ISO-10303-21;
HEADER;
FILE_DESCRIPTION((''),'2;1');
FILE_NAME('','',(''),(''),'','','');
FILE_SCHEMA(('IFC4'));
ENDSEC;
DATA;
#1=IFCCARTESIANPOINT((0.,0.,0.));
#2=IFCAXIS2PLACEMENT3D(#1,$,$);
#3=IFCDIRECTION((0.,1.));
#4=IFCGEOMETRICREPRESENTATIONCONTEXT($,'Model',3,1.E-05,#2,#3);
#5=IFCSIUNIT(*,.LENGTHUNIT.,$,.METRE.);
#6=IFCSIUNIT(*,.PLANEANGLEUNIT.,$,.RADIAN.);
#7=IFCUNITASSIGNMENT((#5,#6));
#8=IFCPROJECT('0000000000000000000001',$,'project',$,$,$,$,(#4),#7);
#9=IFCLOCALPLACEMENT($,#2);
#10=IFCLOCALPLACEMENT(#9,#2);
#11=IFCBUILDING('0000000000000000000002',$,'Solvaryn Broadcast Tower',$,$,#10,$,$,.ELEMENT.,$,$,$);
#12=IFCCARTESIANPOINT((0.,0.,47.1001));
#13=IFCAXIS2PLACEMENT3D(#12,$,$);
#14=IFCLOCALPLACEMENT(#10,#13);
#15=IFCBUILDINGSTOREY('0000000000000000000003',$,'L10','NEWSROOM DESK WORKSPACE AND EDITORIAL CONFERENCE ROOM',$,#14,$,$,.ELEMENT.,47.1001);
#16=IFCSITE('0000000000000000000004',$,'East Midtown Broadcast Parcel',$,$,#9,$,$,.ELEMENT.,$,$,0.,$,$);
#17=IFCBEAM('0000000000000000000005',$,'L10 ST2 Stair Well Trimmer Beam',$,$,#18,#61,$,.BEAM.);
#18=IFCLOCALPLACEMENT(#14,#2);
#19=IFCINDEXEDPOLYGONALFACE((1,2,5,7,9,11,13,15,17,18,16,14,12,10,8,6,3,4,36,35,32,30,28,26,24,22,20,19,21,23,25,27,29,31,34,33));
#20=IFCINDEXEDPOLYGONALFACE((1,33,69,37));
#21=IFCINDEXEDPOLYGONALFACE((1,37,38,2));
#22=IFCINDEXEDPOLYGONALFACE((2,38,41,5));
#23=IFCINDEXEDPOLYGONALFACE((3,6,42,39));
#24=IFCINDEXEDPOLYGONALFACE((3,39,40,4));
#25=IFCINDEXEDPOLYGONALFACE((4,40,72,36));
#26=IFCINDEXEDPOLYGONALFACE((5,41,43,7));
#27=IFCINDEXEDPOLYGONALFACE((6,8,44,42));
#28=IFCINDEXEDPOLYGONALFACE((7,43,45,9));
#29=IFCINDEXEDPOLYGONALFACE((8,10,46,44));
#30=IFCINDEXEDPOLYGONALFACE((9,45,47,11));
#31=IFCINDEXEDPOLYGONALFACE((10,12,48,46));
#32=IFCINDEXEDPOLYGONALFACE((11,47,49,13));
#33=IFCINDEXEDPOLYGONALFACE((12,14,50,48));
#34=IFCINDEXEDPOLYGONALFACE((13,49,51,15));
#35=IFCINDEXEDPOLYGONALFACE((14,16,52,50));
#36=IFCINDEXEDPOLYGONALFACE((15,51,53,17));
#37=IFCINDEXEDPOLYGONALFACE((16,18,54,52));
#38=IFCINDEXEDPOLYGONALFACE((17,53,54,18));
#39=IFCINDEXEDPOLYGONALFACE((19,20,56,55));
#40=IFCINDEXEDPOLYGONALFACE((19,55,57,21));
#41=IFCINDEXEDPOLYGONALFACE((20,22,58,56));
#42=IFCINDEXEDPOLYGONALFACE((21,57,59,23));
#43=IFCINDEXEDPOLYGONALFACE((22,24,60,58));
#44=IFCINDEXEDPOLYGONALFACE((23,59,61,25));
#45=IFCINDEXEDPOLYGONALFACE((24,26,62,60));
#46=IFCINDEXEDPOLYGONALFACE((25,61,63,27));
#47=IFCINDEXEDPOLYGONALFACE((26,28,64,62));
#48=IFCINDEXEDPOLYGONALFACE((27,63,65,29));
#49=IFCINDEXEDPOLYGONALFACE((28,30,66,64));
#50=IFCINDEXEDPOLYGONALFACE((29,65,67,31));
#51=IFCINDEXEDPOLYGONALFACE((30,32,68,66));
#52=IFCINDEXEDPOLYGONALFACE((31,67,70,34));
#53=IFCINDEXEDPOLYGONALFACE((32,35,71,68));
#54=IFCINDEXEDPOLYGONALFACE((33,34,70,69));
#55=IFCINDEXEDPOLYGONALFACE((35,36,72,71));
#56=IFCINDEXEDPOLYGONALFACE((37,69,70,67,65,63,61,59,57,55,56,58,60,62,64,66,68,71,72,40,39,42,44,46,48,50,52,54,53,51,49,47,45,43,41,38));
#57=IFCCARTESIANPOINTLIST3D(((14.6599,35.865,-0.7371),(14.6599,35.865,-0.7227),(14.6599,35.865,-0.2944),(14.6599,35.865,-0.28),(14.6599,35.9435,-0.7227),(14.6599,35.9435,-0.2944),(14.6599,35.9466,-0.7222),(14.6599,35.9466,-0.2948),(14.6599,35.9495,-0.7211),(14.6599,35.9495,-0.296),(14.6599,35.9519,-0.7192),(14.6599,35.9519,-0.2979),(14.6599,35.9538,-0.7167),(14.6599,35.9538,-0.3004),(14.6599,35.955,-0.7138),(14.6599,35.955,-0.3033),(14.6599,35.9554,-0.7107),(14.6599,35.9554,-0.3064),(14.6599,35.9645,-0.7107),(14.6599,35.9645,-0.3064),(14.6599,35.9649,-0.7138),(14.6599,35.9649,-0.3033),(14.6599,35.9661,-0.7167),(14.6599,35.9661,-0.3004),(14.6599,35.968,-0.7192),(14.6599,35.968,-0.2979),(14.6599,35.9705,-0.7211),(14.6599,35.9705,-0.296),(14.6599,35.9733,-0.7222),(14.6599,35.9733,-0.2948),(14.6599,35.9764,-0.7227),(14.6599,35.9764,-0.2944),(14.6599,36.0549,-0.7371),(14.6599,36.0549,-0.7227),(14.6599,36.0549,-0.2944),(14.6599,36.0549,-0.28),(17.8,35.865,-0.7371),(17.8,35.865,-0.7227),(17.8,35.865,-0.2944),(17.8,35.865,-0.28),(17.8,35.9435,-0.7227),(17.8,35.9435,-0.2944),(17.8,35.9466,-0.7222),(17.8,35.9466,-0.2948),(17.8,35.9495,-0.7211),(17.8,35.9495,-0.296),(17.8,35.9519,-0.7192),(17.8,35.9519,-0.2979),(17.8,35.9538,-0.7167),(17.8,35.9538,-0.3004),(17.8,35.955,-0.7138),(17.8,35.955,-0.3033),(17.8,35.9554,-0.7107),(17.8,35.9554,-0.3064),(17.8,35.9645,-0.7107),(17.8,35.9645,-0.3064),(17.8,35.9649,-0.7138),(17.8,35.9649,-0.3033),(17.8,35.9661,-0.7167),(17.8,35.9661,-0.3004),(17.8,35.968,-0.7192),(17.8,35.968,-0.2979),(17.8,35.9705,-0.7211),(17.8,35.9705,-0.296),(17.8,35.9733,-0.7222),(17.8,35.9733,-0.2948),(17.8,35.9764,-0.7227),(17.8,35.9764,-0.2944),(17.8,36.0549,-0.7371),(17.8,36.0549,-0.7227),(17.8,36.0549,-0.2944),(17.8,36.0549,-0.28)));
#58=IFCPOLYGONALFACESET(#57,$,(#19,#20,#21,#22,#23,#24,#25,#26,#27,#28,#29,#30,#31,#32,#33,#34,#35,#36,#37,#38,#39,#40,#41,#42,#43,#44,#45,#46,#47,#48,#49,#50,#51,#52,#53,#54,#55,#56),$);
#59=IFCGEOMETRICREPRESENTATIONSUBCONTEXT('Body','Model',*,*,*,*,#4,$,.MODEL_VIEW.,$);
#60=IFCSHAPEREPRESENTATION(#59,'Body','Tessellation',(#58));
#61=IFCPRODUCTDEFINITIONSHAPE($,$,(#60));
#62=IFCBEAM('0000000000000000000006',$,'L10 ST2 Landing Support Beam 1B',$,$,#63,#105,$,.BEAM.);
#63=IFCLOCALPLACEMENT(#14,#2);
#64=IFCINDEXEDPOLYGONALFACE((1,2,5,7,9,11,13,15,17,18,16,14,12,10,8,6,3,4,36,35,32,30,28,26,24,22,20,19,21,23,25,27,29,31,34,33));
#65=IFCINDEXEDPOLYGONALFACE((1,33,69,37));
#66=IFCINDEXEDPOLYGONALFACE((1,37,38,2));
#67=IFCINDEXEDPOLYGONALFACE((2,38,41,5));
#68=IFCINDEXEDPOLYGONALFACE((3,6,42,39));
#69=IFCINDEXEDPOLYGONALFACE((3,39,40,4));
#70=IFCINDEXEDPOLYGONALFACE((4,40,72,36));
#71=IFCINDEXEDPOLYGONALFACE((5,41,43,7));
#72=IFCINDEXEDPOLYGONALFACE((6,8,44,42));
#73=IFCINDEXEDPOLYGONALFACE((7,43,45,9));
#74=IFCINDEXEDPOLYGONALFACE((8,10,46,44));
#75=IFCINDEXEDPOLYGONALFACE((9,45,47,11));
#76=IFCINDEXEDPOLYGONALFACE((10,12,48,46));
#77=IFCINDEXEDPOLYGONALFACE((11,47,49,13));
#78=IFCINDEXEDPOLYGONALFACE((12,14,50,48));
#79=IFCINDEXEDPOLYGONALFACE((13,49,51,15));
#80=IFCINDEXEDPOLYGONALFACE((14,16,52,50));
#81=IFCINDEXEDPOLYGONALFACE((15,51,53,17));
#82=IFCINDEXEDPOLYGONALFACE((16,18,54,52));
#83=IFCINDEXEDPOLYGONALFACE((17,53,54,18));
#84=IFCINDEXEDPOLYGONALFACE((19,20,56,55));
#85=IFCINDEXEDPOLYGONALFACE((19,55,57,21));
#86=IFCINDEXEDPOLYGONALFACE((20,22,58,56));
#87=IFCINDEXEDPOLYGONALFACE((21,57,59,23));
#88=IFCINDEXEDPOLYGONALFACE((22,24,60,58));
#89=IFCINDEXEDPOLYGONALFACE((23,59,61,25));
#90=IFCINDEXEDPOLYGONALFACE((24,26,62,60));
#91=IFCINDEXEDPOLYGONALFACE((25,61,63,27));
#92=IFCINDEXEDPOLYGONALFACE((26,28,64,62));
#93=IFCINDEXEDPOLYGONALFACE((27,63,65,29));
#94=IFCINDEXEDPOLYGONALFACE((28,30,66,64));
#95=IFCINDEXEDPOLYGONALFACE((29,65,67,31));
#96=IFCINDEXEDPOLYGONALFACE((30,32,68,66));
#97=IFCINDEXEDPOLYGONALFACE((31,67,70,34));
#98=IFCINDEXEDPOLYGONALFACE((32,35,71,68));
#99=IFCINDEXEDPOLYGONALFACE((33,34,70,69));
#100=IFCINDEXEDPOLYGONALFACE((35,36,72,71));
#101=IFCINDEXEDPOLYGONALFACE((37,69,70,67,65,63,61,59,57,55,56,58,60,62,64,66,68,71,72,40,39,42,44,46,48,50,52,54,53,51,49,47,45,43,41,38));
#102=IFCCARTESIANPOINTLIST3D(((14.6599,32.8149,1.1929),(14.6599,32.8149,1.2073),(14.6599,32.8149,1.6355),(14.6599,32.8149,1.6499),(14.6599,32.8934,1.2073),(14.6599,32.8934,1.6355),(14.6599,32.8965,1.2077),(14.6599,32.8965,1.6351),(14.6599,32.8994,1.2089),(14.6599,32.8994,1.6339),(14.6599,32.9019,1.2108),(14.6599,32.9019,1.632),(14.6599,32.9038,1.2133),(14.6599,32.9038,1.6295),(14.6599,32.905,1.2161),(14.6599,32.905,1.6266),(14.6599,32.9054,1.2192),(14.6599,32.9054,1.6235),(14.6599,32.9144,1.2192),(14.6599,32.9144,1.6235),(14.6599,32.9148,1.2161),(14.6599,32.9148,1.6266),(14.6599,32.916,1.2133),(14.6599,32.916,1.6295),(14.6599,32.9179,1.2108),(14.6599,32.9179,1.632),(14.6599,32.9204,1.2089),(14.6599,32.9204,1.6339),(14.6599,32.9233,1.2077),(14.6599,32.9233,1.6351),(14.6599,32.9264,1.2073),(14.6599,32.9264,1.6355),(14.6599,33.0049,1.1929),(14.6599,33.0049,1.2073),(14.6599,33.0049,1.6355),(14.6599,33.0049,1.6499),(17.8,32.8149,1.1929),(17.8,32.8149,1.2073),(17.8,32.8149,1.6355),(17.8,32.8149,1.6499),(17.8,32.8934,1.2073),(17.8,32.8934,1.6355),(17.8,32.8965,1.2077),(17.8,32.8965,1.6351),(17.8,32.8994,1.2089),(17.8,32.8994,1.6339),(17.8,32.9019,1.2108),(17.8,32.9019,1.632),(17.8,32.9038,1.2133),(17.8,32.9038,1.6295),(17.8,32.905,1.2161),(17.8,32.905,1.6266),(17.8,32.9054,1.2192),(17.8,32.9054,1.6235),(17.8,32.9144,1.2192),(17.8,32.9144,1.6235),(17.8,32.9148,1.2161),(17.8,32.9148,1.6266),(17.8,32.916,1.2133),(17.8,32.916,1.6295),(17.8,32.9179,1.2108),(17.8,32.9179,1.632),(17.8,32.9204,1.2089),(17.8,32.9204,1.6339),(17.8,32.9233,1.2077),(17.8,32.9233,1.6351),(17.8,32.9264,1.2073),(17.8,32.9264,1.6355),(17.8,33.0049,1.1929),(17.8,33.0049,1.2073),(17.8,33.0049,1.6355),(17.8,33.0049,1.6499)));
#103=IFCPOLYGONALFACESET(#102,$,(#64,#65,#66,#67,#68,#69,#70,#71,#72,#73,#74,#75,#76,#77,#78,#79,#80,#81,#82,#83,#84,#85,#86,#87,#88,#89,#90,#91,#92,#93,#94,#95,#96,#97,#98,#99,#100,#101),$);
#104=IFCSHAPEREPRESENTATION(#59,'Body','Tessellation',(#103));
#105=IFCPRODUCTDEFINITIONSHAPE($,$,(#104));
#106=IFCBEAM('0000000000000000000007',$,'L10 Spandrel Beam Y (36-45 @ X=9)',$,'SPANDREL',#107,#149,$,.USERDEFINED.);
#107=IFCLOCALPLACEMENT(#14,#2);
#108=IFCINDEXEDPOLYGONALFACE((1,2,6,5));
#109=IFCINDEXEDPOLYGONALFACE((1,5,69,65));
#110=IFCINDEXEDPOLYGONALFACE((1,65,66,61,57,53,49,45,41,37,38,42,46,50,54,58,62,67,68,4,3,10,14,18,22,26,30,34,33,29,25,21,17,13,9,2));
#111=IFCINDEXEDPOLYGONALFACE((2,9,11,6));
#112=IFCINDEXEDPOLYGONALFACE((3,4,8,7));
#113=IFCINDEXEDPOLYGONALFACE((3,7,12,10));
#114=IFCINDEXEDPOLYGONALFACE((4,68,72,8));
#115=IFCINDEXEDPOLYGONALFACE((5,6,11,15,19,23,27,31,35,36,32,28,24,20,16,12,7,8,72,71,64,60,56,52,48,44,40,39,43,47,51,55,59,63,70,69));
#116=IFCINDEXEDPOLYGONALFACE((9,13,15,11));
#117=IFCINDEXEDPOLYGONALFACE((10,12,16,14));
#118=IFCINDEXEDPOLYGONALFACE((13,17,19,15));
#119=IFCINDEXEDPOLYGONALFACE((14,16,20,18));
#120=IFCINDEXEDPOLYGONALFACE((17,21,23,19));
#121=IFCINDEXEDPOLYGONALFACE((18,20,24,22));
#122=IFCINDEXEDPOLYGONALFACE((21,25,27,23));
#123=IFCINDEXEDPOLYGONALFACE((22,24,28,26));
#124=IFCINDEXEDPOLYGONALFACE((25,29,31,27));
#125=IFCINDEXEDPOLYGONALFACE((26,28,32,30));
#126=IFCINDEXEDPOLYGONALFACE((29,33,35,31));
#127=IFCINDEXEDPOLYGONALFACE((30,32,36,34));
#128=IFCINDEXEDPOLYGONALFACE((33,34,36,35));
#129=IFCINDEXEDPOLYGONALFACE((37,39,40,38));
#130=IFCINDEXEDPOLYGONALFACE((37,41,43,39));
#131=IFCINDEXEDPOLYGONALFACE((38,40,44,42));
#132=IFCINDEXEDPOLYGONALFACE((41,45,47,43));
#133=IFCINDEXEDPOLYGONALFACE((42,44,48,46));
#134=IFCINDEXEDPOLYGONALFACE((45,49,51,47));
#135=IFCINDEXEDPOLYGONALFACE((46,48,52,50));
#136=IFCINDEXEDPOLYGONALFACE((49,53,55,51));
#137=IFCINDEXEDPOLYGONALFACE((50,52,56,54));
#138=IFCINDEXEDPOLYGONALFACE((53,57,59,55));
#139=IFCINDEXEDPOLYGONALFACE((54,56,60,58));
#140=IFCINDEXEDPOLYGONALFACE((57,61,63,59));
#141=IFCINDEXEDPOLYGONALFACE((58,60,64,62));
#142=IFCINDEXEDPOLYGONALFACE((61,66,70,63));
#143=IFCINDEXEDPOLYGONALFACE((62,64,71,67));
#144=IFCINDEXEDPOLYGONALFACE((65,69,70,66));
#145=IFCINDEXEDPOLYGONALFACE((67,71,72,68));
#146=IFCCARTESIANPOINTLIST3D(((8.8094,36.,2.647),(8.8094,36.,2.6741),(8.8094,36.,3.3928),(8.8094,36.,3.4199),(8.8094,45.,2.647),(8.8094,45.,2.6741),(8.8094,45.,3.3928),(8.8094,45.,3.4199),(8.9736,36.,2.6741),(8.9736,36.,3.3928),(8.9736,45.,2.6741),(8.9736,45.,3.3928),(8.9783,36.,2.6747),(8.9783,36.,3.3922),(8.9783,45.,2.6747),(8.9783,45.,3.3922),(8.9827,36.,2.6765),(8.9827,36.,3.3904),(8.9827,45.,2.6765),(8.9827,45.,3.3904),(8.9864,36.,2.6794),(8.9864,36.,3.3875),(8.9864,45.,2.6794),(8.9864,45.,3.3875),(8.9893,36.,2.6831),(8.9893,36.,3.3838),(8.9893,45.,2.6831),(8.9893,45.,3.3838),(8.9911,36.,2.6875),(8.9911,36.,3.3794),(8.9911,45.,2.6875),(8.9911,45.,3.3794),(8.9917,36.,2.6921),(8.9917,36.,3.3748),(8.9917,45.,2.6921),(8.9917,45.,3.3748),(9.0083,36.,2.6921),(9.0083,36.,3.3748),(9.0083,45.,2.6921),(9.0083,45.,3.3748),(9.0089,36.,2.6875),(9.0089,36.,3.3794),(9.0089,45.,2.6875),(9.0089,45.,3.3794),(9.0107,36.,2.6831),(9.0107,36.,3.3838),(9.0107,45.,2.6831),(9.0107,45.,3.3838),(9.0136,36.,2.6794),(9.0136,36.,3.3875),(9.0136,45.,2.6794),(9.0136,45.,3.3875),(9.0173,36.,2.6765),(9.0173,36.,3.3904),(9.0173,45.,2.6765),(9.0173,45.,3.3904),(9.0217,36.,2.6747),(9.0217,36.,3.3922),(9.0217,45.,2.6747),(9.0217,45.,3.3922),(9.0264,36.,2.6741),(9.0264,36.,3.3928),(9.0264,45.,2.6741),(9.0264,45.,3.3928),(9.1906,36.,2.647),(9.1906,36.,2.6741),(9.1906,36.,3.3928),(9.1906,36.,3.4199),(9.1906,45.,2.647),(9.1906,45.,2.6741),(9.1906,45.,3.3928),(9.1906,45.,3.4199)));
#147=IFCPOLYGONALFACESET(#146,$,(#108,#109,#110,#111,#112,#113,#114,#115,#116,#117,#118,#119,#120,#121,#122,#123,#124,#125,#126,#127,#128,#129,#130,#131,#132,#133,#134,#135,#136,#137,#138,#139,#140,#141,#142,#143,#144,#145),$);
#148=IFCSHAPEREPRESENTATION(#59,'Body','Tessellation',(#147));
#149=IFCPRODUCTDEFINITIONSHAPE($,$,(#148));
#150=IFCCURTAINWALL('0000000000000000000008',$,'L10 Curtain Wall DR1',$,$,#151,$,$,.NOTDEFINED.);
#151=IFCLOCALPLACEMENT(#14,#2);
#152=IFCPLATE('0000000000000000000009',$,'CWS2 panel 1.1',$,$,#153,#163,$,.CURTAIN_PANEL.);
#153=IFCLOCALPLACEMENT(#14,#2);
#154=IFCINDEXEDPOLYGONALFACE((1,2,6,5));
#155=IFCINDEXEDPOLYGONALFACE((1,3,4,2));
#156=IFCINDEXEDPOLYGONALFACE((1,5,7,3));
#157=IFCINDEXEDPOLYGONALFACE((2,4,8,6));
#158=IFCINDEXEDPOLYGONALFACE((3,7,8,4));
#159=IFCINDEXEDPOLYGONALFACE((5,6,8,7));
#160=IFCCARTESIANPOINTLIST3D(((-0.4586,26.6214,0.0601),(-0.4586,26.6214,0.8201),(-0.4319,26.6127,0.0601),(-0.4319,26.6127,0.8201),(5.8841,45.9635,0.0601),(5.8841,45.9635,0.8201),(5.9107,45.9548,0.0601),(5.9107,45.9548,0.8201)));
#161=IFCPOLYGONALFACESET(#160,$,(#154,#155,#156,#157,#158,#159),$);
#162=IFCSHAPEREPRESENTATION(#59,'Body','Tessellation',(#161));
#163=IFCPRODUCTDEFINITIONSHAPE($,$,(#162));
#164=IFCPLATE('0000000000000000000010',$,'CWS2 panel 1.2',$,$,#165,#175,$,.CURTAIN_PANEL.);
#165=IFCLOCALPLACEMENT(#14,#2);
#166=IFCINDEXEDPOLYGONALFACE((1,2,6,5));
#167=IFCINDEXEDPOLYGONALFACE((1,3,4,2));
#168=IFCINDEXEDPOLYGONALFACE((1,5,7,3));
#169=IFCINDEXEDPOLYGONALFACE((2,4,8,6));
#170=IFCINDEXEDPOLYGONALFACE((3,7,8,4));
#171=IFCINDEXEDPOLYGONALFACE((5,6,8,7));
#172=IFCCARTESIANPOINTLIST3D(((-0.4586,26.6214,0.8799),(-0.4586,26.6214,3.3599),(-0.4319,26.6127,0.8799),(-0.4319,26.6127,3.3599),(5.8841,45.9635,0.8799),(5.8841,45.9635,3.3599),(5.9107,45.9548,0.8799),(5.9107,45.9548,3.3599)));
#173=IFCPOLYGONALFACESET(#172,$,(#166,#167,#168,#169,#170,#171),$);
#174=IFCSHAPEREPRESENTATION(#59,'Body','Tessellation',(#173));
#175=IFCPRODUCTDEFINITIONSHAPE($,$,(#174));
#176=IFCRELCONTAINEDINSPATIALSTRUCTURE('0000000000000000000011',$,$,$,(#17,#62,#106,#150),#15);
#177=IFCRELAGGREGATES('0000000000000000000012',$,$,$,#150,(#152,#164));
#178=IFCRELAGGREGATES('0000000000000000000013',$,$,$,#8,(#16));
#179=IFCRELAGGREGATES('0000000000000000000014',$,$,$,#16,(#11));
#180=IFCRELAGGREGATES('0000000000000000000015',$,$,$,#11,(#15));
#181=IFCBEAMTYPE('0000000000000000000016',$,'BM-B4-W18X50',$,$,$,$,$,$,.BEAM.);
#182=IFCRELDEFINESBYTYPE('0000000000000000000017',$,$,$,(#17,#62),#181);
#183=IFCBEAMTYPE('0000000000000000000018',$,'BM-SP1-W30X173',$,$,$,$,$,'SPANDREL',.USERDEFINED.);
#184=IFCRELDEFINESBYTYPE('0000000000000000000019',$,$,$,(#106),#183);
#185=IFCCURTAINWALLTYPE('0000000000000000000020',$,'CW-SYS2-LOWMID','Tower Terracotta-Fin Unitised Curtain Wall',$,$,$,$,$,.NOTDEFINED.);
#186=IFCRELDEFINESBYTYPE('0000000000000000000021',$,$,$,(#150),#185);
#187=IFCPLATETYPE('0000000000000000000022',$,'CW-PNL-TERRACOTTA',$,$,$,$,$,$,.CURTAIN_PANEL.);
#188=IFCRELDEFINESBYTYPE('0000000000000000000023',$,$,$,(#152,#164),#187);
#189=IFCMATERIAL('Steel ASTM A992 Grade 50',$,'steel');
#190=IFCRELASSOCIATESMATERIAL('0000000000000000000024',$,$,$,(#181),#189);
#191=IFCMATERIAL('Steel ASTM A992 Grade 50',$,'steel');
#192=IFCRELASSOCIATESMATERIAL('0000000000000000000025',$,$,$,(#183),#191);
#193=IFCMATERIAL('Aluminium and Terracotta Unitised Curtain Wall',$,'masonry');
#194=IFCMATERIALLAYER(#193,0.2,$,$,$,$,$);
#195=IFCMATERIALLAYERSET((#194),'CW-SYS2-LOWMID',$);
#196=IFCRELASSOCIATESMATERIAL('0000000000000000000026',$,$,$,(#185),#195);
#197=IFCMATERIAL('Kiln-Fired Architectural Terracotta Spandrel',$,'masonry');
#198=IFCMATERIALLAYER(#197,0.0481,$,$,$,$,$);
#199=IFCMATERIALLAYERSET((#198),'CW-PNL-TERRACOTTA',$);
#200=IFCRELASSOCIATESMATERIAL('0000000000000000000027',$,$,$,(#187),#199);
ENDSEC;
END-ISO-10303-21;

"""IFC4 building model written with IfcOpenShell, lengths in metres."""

from ifc_helpers import new_model, si_unit, direction, frame, origin, origin_2d, place, context, subcontext, project, spatial, rectangle, i_section, extrude, material, layer, layer_set, material_profile, profile_set, type_object, element, aggregate, save


model = new_model("IFC4")

# Units and contexts
model_context = context("Model", 3, precision=1e-05, world=origin(), true_north=direction((0.0, 1.0)))
body_context = subcontext(model_context, "Body", "Model", "MODEL_VIEW")
ifc_project = project(units=[si_unit("LENGTHUNIT", "METRE"), si_unit("PLANEANGLEUNIT", "RADIAN")], contexts=[model_context])

# Site, building, storey
site_placement = place(None, origin())
site = spatial("IfcSite", under=ifc_project, at=site_placement, Name="East Midtown Broadcast Parcel", CompositionType="ELEMENT", RefElevation=0.0)
building_placement = place(site_placement, origin())
building = spatial("IfcBuilding", under=site, at=building_placement, Name="Solvaryn Broadcast Tower", CompositionType="ELEMENT")
storey_placement = place(building_placement, frame((0.0, 0.0, 47.1001)))
storey = spatial("IfcBuildingStorey", under=building, at=storey_placement, Name="L10", Description="NEWSROOM DESK WORKSPACE AND EDITORIAL CONFERENCE ROOM", CompositionType="ELEMENT", Elevation=47.1001)

# Beams
ifc_material_1 = material(Name="Steel ASTM A992 Grade 50", Category="steel")
ifc_material_profile_1 = material_profile(ifc_material_1, i_section(OverallWidth=0.1899, OverallDepth=0.457, WebThickness=0.009, FlangeThickness=0.0144, FilletRadius=0.012, at=origin_2d()))
ifc_profile_set_1 = profile_set([ifc_material_profile_1], Name="Steel ASTM A992 Grade 50")
beam_type_1 = type_object("IfcBeamType", Name="BM-B4-W18X50", PredefinedType="BEAM", material=ifc_profile_set_1)
for number, where, z_axis, x_axis, name in (
    (1, (14.6599, 35.96, -0.5085), (1.0, 0.0, 0.0), (0.0, 1.0, 0.0), "L10 ST2 Stair Well Trimmer Beam"),
    (2, (14.6599, 32.9099, 1.4214), (1.0, 0.0, 0.0), (0.0, 1.0, 0.0), "L10 ST2 Landing Support Beam 1B"),
):
    element("IfcBeam", number, at=place(storey_placement, frame(where, z_axis=z_axis, x_axis=x_axis)), inside=storey, type_object=beam_type_1, Name=name, PredefinedType="BEAM", context=body_context, shape_type="SweptSolid", body=[
        extrude(i_section(OverallWidth=0.1899, OverallDepth=0.457, WebThickness=0.009, FlangeThickness=0.0144, FilletRadius=0.012, at=origin_2d()), origin(), (0.0, 0.0, 1.0), 3.1401),
    ])
ifc_material_2 = material(Name="Steel ASTM A992 Grade 50", Category="steel")
ifc_material_profile_2 = material_profile(ifc_material_2, i_section(OverallWidth=0.3811, OverallDepth=0.7729, WebThickness=0.0166, FlangeThickness=0.0271, FilletRadius=0.0181, at=origin_2d()))
ifc_profile_set_2 = profile_set([ifc_material_profile_2], Name="Steel ASTM A992 Grade 50")
beam_type_2 = type_object("IfcBeamType", Name="BM-SP1-W30X173", ElementType="SPANDREL", PredefinedType="USERDEFINED", material=ifc_profile_set_2)
beam_1_placement = place(storey_placement, frame((9.0, 36.0, 3.0334), z_axis=(0.0, 1.0, 0.0), x_axis=(-1.0, 0.0, 0.0)))
element("IfcBeam", 3, at=beam_1_placement, inside=storey, type_object=beam_type_2, Name="L10 Spandrel Beam Y (36-45 @ X=9)", ObjectType="SPANDREL", PredefinedType="USERDEFINED", context=body_context, shape_type="SweptSolid", body=[
    extrude(i_section(OverallWidth=0.3811, OverallDepth=0.7729, WebThickness=0.0166, FlangeThickness=0.0271, FilletRadius=0.0181, at=origin_2d()), origin(), (0.0, 0.0, 1.0), 9.0),
])

# Curtain wall, plates
ifc_material_3 = material(Name="Aluminium and Terracotta Unitised Curtain Wall", Category="masonry")
ifc_layer_1 = layer(ifc_material_3, 0.2)
ifc_layer_set_1 = layer_set([ifc_layer_1], Name="CW-SYS2-LOWMID")
curtain_wall_type = type_object("IfcCurtainWallType", Name="CW-SYS2-LOWMID", Description="Tower Terracotta-Fin Unitised Curtain Wall", PredefinedType="NOTDEFINED", material=ifc_layer_set_1)
curtain_wall_placement = place(storey_placement, origin())
curtain_wall = element("IfcCurtainWall", 4, at=curtain_wall_placement, inside=storey, type_object=curtain_wall_type, Name="L10 Curtain Wall DR1", PredefinedType="NOTDEFINED")
ifc_material_4 = material(Name="Kiln-Fired Architectural Terracotta Spandrel", Category="masonry")
ifc_layer_2 = layer(ifc_material_4, 0.0481)
ifc_layer_set_2 = layer_set([ifc_layer_2], Name="CW-PNL-TERRACOTTA")
plate_type = type_object("IfcPlateType", Name="CW-PNL-TERRACOTTA", PredefinedType="CURTAIN_PANEL", material=ifc_layer_set_2)
plate_1_placement = place(storey_placement, frame((2.7261, 36.2881, 0.0601), z_axis=(0.0, 0.0, 1.0), x_axis=(-0.311594, -0.950215, 0.0)))
plate_1 = element("IfcPlate", 5, at=plate_1_placement, type_object=plate_type, Name="CWS2 panel 1.1", PredefinedType="CURTAIN_PANEL", context=body_context, shape_type="SweptSolid", body=[
    extrude(rectangle(XDim=20.3555, YDim=0.0281, at=origin_2d()), origin(), (0.0, 0.0, 1.0), 0.76),
])
plate_2_placement = place(storey_placement, frame((2.7261, 36.2881, 0.8799), z_axis=(0.0, 0.0, 1.0), x_axis=(-0.311594, -0.950215, 0.0)))
plate_2 = element("IfcPlate", 6, at=plate_2_placement, type_object=plate_type, Name="CWS2 panel 1.2", PredefinedType="CURTAIN_PANEL", context=body_context, shape_type="SweptSolid", body=[
    extrude(rectangle(XDim=20.3555, YDim=0.0281, at=origin_2d()), origin(), (0.0, 0.0, 1.0), 2.48),
])
aggregate(curtain_wall, [plate_1, plate_2])

save(model, "model.ifc")
